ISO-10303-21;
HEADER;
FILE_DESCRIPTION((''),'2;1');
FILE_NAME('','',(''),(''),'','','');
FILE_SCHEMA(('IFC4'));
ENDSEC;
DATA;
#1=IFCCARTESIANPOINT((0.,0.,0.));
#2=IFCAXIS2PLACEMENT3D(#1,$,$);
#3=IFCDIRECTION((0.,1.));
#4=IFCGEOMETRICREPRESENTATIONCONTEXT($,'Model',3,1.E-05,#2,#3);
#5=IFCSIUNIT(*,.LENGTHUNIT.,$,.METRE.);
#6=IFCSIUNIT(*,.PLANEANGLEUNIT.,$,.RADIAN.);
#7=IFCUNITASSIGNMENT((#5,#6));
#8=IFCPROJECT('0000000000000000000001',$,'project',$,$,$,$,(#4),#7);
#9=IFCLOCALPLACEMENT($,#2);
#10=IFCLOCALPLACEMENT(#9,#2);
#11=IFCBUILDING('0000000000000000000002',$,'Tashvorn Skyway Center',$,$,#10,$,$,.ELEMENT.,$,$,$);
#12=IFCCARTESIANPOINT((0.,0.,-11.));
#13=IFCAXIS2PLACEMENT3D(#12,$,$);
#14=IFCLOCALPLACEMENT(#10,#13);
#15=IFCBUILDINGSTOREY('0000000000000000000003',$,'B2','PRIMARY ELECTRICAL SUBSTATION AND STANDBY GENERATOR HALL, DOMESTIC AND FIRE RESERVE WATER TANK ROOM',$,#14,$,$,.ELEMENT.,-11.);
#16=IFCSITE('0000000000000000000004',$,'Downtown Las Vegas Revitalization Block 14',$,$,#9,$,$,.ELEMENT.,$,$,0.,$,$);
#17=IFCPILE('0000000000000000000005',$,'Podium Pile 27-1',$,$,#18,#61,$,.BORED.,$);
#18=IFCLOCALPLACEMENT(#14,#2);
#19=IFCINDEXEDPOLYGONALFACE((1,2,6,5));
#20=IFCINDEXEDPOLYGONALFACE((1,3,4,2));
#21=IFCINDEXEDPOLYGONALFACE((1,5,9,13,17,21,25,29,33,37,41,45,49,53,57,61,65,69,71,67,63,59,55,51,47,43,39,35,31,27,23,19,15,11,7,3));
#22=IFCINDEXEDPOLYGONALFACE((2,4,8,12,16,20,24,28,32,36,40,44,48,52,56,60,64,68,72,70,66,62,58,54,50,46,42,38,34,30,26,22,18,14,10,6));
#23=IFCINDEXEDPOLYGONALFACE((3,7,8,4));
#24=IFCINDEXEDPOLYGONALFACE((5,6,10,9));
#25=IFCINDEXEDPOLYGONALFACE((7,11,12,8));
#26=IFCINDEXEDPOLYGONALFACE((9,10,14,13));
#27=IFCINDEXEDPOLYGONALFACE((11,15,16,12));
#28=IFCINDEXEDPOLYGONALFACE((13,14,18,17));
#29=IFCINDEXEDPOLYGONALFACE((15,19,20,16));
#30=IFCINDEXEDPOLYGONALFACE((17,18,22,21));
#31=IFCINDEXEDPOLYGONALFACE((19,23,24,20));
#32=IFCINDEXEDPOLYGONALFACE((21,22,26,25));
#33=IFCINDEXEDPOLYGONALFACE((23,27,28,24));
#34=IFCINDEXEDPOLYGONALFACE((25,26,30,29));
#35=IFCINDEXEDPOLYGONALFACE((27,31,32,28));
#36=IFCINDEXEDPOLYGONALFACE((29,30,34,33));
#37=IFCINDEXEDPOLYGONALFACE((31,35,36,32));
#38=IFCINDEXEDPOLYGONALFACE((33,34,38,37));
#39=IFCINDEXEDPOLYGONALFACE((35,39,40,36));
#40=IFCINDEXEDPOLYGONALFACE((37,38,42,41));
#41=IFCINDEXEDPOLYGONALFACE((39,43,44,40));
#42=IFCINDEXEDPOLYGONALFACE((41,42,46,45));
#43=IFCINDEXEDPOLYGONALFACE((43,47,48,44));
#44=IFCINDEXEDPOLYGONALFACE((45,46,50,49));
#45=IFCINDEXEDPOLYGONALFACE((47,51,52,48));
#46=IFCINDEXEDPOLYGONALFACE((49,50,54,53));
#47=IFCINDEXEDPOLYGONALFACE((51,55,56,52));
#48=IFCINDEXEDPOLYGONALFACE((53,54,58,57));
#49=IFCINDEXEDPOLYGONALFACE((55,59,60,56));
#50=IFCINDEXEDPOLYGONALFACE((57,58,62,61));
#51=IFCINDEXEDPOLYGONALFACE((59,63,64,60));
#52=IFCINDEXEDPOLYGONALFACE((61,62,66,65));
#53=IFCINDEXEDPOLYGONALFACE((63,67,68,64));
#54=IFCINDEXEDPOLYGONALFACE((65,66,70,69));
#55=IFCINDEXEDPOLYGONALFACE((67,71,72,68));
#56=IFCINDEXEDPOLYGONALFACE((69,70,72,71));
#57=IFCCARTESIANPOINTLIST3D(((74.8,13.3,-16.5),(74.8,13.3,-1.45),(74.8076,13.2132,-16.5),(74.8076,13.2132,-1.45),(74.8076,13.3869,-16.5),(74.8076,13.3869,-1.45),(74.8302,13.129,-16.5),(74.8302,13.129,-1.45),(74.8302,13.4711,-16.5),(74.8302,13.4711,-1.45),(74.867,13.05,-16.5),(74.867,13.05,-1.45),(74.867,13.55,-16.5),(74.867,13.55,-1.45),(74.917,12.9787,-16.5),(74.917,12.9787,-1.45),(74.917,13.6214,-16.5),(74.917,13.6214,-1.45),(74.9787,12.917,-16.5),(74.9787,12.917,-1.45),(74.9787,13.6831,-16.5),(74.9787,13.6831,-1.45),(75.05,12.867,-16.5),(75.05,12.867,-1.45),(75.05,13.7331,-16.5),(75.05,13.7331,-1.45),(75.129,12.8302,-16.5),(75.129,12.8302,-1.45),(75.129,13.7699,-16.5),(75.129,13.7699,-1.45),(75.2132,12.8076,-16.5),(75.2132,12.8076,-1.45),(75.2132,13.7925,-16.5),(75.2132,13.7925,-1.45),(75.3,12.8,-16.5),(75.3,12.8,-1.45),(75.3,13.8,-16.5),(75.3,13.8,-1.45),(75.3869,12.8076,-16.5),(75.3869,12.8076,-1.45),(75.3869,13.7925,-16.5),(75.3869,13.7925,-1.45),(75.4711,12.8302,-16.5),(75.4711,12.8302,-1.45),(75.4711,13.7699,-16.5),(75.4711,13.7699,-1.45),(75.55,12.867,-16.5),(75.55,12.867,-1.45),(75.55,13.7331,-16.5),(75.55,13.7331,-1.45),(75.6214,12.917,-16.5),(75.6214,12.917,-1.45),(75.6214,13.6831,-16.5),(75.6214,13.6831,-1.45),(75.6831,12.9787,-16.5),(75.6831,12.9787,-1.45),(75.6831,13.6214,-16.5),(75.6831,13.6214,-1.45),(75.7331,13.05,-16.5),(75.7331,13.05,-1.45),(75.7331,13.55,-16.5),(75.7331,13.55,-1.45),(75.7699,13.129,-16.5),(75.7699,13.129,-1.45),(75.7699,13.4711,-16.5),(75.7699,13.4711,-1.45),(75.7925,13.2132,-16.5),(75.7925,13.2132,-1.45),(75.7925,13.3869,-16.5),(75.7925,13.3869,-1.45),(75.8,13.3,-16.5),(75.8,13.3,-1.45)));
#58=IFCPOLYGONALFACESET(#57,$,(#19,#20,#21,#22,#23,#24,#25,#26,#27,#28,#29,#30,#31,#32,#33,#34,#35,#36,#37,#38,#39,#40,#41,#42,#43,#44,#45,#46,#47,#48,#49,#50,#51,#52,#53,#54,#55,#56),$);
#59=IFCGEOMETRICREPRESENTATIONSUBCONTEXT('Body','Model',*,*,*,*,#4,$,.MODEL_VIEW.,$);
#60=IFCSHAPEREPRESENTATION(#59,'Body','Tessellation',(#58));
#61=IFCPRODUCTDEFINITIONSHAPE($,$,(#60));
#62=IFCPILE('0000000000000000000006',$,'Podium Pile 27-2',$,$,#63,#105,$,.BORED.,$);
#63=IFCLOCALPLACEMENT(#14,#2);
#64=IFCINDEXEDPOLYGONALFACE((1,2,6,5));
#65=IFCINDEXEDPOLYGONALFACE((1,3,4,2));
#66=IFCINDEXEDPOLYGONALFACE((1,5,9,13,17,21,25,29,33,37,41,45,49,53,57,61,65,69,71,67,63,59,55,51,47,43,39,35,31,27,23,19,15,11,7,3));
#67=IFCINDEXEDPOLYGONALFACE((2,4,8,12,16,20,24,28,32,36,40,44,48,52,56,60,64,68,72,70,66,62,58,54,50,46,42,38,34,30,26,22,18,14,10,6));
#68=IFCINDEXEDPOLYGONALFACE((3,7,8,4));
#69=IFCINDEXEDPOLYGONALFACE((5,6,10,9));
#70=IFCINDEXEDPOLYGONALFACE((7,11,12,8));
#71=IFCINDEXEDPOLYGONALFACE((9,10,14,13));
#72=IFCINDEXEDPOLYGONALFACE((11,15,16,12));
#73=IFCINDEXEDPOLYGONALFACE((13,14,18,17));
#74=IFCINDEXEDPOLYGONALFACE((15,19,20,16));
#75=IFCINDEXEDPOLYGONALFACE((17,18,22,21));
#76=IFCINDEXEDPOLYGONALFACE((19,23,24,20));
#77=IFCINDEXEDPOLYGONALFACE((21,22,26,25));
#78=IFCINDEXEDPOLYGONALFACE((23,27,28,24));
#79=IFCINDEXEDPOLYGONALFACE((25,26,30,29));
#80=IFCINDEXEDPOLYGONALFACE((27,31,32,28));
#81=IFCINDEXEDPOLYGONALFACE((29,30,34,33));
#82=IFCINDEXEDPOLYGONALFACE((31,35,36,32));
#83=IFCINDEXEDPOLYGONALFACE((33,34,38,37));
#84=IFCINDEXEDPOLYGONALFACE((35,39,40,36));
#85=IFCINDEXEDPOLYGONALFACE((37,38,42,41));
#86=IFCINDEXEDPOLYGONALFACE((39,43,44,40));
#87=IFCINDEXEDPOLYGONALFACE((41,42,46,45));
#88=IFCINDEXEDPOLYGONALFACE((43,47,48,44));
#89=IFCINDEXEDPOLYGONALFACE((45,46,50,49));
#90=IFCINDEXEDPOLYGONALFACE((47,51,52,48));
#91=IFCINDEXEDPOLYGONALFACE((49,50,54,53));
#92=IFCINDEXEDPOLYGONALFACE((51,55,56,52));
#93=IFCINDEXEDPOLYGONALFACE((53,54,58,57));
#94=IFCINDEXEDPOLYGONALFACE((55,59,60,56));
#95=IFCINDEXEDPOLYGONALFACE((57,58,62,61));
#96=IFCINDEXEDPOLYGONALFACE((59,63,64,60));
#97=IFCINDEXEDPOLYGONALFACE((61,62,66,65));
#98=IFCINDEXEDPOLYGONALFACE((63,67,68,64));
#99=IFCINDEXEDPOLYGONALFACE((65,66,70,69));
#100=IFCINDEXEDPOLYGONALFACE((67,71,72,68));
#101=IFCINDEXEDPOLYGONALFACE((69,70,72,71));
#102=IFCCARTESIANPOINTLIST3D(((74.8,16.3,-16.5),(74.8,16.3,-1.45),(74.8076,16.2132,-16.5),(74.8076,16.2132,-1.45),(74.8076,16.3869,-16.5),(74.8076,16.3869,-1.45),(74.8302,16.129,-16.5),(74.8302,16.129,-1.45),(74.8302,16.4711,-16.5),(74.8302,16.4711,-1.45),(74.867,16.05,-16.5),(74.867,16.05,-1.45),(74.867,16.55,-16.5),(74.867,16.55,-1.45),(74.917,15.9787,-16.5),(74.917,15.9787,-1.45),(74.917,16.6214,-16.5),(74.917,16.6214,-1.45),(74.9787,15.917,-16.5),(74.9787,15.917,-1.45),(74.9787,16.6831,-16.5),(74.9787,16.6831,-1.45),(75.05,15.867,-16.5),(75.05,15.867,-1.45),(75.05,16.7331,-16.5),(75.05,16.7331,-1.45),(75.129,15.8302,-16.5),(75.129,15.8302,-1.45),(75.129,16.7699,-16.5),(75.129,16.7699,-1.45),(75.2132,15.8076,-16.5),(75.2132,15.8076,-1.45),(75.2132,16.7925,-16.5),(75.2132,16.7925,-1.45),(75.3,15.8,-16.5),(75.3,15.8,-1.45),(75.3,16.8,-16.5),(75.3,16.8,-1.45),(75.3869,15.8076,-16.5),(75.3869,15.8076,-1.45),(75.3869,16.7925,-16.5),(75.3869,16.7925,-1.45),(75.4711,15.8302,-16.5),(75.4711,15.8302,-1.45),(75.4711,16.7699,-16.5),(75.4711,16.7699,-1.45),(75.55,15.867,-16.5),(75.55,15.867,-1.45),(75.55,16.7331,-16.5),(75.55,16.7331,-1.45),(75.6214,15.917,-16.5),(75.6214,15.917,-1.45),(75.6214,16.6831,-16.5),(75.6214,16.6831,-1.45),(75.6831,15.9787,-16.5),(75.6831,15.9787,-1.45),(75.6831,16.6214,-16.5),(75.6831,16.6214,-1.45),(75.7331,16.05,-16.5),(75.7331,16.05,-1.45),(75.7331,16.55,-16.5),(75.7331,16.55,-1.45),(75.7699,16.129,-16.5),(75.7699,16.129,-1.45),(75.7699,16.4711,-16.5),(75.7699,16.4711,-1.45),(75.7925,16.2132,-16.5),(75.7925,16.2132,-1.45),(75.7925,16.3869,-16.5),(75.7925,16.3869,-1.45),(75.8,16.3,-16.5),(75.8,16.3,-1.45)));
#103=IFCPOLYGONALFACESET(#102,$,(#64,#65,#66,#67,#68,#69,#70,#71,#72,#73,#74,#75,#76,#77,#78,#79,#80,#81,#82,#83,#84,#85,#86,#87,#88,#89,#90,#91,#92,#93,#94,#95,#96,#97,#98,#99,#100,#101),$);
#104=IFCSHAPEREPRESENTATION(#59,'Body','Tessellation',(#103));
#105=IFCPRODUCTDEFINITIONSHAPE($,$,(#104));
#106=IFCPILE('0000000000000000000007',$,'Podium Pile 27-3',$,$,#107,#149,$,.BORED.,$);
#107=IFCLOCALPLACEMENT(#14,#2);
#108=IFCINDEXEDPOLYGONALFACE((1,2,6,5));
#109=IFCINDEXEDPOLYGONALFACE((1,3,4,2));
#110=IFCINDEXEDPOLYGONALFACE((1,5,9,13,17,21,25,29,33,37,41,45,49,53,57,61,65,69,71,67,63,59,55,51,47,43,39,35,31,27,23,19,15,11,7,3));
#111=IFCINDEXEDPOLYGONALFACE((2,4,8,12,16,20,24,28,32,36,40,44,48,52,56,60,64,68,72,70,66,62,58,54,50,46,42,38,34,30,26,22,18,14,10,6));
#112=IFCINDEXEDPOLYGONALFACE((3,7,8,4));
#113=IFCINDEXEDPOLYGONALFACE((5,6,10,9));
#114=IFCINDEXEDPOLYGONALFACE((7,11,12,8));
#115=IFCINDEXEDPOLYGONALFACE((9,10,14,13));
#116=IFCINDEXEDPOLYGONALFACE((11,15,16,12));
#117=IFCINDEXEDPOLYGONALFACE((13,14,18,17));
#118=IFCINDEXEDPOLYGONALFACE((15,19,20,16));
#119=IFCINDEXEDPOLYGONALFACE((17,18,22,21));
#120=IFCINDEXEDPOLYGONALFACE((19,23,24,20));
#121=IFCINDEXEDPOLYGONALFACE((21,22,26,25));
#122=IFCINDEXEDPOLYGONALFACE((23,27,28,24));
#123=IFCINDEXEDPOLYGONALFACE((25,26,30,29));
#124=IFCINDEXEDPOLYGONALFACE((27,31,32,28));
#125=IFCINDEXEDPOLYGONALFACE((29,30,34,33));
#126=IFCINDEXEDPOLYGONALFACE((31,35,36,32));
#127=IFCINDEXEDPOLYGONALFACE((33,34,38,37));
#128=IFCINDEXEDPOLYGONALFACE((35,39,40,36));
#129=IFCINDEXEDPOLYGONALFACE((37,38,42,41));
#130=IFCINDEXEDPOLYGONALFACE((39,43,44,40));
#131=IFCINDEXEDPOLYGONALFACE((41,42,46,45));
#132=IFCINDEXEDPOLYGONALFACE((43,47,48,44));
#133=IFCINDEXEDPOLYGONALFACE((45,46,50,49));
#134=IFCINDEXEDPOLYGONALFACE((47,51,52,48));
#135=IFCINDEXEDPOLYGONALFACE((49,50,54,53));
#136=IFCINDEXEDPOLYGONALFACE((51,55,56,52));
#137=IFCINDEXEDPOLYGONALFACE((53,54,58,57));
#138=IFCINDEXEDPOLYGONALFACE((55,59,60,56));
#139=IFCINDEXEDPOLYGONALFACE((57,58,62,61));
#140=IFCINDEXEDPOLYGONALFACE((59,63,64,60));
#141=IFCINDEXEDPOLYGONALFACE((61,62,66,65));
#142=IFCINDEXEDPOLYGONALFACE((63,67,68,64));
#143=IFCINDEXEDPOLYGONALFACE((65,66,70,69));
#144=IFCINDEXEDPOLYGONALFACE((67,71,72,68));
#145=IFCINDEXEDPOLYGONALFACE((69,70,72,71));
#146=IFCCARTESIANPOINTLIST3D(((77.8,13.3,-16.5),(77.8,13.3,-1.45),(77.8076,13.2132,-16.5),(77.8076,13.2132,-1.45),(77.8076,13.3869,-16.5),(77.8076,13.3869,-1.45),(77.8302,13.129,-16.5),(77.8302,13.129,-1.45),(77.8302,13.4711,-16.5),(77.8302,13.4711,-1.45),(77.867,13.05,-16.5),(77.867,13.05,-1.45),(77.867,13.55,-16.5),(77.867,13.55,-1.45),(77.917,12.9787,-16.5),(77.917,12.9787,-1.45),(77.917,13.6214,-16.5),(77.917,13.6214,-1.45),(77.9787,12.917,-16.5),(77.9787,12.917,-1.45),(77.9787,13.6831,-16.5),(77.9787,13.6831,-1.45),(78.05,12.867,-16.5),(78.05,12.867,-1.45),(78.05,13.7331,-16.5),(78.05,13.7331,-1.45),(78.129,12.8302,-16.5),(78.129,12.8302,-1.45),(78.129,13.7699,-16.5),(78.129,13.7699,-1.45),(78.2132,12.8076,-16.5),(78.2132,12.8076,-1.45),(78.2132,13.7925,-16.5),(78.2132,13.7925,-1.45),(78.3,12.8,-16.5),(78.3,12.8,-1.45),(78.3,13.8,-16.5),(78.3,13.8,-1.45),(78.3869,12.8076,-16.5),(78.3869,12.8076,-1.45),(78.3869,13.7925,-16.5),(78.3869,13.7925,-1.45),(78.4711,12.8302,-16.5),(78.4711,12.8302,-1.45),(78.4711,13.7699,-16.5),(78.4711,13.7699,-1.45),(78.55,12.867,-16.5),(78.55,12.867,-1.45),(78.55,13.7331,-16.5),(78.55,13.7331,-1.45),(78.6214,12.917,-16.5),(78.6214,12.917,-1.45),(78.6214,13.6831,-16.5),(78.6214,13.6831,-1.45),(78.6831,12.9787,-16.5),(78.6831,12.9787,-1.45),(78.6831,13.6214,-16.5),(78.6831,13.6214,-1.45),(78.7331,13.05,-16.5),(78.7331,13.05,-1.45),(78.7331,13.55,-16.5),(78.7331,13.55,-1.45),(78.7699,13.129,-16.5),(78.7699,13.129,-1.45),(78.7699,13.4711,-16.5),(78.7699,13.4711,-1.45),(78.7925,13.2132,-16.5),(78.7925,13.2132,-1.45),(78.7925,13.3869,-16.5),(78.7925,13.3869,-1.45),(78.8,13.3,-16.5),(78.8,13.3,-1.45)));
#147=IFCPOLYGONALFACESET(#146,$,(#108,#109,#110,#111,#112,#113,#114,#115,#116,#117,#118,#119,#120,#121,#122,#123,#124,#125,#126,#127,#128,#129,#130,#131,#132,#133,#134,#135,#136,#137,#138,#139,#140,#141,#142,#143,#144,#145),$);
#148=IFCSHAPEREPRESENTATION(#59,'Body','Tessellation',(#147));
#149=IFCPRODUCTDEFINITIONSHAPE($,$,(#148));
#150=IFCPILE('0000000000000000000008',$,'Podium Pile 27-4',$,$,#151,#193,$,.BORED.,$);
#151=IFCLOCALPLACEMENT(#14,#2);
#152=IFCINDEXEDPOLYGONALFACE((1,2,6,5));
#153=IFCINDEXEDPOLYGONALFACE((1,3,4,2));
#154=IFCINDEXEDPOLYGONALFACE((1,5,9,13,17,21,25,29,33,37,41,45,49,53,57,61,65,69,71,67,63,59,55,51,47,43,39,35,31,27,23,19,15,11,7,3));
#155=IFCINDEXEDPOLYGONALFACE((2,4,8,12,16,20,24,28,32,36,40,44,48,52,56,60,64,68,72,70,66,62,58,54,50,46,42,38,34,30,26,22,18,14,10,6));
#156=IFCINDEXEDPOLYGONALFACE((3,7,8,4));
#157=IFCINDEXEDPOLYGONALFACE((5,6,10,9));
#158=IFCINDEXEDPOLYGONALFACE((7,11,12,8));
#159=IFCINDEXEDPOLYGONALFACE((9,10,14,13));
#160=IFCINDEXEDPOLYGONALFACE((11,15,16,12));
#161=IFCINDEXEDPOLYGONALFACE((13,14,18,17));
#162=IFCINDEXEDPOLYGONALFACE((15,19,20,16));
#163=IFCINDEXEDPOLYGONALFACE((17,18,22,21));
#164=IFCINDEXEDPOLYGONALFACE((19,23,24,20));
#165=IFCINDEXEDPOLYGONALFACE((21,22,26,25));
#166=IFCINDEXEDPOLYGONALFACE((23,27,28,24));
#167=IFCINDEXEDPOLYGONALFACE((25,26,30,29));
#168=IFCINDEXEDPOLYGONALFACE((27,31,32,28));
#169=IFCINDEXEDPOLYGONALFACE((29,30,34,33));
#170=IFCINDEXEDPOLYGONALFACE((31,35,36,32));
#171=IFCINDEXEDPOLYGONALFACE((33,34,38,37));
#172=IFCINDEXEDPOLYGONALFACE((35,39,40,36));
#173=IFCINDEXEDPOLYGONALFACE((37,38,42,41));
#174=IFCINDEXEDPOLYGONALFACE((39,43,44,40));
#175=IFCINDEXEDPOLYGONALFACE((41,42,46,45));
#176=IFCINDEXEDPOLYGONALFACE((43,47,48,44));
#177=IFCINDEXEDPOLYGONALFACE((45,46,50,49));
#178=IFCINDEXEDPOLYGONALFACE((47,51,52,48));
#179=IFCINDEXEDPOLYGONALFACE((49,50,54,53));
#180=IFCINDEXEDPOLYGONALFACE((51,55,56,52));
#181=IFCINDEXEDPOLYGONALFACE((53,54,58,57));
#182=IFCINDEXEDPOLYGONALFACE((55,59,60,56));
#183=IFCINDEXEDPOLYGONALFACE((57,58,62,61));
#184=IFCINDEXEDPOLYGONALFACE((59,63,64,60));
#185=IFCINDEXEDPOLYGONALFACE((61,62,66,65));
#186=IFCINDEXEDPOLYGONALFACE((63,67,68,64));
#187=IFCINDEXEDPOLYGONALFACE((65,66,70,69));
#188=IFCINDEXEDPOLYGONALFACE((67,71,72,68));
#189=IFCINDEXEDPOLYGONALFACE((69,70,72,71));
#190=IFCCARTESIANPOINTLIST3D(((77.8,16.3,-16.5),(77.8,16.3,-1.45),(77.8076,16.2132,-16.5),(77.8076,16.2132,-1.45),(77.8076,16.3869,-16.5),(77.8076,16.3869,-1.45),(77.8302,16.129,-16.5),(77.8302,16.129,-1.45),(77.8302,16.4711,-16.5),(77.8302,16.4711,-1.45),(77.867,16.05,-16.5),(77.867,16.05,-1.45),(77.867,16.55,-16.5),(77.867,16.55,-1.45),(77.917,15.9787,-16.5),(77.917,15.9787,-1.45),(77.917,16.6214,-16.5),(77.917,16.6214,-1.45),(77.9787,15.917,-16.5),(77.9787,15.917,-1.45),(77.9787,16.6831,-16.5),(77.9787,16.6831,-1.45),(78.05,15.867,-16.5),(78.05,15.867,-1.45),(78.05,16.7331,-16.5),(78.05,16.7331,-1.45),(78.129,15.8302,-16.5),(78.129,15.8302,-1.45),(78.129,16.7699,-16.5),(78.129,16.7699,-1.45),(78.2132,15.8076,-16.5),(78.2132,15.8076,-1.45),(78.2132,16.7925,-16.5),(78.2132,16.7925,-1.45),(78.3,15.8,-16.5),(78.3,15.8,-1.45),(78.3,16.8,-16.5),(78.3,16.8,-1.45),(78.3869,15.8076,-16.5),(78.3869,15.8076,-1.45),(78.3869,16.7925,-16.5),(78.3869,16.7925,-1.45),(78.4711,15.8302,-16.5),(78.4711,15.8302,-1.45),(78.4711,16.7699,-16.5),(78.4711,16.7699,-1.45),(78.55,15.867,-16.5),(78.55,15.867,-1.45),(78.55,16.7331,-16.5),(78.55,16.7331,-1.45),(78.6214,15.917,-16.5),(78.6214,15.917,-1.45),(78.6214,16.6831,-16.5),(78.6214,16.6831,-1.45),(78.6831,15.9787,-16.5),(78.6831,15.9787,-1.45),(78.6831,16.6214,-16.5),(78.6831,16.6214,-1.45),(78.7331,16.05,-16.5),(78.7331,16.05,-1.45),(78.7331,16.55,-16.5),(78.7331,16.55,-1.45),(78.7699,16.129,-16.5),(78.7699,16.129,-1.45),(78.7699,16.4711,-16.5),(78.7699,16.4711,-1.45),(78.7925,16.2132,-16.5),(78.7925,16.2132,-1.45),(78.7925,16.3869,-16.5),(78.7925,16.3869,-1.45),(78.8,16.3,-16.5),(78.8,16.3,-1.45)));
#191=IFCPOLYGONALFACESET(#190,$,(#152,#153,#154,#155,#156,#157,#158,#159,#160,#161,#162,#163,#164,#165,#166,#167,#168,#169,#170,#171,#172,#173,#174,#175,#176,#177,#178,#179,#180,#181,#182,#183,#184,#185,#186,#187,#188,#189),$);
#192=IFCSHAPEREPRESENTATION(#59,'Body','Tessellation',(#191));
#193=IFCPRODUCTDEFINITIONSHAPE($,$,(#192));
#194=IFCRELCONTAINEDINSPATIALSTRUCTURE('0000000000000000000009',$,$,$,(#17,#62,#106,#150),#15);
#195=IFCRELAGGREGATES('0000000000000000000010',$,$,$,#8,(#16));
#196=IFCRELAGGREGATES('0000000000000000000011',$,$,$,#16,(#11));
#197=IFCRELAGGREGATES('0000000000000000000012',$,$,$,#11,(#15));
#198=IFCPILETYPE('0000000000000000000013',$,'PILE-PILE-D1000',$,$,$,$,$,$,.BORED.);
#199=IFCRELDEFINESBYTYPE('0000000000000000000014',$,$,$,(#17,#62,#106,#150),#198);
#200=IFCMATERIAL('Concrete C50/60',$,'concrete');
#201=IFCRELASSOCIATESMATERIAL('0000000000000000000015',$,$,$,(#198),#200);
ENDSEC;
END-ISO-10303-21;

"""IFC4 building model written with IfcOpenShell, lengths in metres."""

from ifc_helpers import new_model, si_unit, direction, frame, origin, origin_2d, place, context, subcontext, project, spatial, circle, extrude, material, material_profile, profile_set, type_object, element, save


model = new_model("IFC4")

# Units and contexts
model_context = context("Model", 3, precision=1e-05, world=origin(), true_north=direction((0.0, 1.0)))
body_context = subcontext(model_context, "Body", "Model", "MODEL_VIEW")
ifc_project = project(units=[si_unit("LENGTHUNIT", "METRE"), si_unit("PLANEANGLEUNIT", "RADIAN")], contexts=[model_context])

# Site, building, storey
site_placement = place(None, origin())
site = spatial("IfcSite", under=ifc_project, at=site_placement, Name="Downtown Las Vegas Revitalization Block 14", CompositionType="ELEMENT", RefElevation=0.0)
building_placement = place(site_placement, origin())
building = spatial("IfcBuilding", under=site, at=building_placement, Name="Tashvorn Skyway Center", CompositionType="ELEMENT")
storey_placement = place(building_placement, frame((0.0, 0.0, -11.0)))
storey = spatial("IfcBuildingStorey", under=building, at=storey_placement, Name="B2", Description="PRIMARY ELECTRICAL SUBSTATION AND STANDBY GENERATOR HALL, DOMESTIC AND FIRE RESERVE WATER TANK ROOM", CompositionType="ELEMENT", Elevation=-11.0)

# Piles
ifc_material_1 = material(Name="Concrete C50/60", Category="concrete")
ifc_material_profile_1 = material_profile(ifc_material_1, circle(Radius=0.5, at=origin_2d()), Name="PILE-D1000")
ifc_profile_set_1 = profile_set([ifc_material_profile_1], Name="Concrete C50/60")
pile_type = type_object("IfcPileType", Name="PILE-PILE-D1000", PredefinedType="BORED", material=ifc_profile_set_1)
for number, where, z_axis, x_axis, name in (
    (1, (75.3, 13.3, -1.45), (0.0, 0.0, -1.0), (1.0, 0.0, 0.0), "Podium Pile 27-1"),
    (2, (75.3, 16.3, -1.45), (0.0, 0.0, -1.0), (1.0, 0.0, 0.0), "Podium Pile 27-2"),
    (3, (78.3, 13.3, -1.45), (0.0, 0.0, -1.0), (1.0, 0.0, 0.0), "Podium Pile 27-3"),
    (4, (78.3, 16.3, -1.45), (0.0, 0.0, -1.0), (1.0, 0.0, 0.0), "Podium Pile 27-4"),
):
    element("IfcPile", number, at=place(storey_placement, frame(where, z_axis=z_axis, x_axis=x_axis)), inside=storey, type_object=pile_type, Name=name, PredefinedType="BORED", context=body_context, shape_type="SweptSolid", body=[
        extrude(circle(Radius=0.5, at=origin_2d()), origin(), (0.0, 0.0, 1.0), 15.05),
    ])

save(model, "model.ifc")
